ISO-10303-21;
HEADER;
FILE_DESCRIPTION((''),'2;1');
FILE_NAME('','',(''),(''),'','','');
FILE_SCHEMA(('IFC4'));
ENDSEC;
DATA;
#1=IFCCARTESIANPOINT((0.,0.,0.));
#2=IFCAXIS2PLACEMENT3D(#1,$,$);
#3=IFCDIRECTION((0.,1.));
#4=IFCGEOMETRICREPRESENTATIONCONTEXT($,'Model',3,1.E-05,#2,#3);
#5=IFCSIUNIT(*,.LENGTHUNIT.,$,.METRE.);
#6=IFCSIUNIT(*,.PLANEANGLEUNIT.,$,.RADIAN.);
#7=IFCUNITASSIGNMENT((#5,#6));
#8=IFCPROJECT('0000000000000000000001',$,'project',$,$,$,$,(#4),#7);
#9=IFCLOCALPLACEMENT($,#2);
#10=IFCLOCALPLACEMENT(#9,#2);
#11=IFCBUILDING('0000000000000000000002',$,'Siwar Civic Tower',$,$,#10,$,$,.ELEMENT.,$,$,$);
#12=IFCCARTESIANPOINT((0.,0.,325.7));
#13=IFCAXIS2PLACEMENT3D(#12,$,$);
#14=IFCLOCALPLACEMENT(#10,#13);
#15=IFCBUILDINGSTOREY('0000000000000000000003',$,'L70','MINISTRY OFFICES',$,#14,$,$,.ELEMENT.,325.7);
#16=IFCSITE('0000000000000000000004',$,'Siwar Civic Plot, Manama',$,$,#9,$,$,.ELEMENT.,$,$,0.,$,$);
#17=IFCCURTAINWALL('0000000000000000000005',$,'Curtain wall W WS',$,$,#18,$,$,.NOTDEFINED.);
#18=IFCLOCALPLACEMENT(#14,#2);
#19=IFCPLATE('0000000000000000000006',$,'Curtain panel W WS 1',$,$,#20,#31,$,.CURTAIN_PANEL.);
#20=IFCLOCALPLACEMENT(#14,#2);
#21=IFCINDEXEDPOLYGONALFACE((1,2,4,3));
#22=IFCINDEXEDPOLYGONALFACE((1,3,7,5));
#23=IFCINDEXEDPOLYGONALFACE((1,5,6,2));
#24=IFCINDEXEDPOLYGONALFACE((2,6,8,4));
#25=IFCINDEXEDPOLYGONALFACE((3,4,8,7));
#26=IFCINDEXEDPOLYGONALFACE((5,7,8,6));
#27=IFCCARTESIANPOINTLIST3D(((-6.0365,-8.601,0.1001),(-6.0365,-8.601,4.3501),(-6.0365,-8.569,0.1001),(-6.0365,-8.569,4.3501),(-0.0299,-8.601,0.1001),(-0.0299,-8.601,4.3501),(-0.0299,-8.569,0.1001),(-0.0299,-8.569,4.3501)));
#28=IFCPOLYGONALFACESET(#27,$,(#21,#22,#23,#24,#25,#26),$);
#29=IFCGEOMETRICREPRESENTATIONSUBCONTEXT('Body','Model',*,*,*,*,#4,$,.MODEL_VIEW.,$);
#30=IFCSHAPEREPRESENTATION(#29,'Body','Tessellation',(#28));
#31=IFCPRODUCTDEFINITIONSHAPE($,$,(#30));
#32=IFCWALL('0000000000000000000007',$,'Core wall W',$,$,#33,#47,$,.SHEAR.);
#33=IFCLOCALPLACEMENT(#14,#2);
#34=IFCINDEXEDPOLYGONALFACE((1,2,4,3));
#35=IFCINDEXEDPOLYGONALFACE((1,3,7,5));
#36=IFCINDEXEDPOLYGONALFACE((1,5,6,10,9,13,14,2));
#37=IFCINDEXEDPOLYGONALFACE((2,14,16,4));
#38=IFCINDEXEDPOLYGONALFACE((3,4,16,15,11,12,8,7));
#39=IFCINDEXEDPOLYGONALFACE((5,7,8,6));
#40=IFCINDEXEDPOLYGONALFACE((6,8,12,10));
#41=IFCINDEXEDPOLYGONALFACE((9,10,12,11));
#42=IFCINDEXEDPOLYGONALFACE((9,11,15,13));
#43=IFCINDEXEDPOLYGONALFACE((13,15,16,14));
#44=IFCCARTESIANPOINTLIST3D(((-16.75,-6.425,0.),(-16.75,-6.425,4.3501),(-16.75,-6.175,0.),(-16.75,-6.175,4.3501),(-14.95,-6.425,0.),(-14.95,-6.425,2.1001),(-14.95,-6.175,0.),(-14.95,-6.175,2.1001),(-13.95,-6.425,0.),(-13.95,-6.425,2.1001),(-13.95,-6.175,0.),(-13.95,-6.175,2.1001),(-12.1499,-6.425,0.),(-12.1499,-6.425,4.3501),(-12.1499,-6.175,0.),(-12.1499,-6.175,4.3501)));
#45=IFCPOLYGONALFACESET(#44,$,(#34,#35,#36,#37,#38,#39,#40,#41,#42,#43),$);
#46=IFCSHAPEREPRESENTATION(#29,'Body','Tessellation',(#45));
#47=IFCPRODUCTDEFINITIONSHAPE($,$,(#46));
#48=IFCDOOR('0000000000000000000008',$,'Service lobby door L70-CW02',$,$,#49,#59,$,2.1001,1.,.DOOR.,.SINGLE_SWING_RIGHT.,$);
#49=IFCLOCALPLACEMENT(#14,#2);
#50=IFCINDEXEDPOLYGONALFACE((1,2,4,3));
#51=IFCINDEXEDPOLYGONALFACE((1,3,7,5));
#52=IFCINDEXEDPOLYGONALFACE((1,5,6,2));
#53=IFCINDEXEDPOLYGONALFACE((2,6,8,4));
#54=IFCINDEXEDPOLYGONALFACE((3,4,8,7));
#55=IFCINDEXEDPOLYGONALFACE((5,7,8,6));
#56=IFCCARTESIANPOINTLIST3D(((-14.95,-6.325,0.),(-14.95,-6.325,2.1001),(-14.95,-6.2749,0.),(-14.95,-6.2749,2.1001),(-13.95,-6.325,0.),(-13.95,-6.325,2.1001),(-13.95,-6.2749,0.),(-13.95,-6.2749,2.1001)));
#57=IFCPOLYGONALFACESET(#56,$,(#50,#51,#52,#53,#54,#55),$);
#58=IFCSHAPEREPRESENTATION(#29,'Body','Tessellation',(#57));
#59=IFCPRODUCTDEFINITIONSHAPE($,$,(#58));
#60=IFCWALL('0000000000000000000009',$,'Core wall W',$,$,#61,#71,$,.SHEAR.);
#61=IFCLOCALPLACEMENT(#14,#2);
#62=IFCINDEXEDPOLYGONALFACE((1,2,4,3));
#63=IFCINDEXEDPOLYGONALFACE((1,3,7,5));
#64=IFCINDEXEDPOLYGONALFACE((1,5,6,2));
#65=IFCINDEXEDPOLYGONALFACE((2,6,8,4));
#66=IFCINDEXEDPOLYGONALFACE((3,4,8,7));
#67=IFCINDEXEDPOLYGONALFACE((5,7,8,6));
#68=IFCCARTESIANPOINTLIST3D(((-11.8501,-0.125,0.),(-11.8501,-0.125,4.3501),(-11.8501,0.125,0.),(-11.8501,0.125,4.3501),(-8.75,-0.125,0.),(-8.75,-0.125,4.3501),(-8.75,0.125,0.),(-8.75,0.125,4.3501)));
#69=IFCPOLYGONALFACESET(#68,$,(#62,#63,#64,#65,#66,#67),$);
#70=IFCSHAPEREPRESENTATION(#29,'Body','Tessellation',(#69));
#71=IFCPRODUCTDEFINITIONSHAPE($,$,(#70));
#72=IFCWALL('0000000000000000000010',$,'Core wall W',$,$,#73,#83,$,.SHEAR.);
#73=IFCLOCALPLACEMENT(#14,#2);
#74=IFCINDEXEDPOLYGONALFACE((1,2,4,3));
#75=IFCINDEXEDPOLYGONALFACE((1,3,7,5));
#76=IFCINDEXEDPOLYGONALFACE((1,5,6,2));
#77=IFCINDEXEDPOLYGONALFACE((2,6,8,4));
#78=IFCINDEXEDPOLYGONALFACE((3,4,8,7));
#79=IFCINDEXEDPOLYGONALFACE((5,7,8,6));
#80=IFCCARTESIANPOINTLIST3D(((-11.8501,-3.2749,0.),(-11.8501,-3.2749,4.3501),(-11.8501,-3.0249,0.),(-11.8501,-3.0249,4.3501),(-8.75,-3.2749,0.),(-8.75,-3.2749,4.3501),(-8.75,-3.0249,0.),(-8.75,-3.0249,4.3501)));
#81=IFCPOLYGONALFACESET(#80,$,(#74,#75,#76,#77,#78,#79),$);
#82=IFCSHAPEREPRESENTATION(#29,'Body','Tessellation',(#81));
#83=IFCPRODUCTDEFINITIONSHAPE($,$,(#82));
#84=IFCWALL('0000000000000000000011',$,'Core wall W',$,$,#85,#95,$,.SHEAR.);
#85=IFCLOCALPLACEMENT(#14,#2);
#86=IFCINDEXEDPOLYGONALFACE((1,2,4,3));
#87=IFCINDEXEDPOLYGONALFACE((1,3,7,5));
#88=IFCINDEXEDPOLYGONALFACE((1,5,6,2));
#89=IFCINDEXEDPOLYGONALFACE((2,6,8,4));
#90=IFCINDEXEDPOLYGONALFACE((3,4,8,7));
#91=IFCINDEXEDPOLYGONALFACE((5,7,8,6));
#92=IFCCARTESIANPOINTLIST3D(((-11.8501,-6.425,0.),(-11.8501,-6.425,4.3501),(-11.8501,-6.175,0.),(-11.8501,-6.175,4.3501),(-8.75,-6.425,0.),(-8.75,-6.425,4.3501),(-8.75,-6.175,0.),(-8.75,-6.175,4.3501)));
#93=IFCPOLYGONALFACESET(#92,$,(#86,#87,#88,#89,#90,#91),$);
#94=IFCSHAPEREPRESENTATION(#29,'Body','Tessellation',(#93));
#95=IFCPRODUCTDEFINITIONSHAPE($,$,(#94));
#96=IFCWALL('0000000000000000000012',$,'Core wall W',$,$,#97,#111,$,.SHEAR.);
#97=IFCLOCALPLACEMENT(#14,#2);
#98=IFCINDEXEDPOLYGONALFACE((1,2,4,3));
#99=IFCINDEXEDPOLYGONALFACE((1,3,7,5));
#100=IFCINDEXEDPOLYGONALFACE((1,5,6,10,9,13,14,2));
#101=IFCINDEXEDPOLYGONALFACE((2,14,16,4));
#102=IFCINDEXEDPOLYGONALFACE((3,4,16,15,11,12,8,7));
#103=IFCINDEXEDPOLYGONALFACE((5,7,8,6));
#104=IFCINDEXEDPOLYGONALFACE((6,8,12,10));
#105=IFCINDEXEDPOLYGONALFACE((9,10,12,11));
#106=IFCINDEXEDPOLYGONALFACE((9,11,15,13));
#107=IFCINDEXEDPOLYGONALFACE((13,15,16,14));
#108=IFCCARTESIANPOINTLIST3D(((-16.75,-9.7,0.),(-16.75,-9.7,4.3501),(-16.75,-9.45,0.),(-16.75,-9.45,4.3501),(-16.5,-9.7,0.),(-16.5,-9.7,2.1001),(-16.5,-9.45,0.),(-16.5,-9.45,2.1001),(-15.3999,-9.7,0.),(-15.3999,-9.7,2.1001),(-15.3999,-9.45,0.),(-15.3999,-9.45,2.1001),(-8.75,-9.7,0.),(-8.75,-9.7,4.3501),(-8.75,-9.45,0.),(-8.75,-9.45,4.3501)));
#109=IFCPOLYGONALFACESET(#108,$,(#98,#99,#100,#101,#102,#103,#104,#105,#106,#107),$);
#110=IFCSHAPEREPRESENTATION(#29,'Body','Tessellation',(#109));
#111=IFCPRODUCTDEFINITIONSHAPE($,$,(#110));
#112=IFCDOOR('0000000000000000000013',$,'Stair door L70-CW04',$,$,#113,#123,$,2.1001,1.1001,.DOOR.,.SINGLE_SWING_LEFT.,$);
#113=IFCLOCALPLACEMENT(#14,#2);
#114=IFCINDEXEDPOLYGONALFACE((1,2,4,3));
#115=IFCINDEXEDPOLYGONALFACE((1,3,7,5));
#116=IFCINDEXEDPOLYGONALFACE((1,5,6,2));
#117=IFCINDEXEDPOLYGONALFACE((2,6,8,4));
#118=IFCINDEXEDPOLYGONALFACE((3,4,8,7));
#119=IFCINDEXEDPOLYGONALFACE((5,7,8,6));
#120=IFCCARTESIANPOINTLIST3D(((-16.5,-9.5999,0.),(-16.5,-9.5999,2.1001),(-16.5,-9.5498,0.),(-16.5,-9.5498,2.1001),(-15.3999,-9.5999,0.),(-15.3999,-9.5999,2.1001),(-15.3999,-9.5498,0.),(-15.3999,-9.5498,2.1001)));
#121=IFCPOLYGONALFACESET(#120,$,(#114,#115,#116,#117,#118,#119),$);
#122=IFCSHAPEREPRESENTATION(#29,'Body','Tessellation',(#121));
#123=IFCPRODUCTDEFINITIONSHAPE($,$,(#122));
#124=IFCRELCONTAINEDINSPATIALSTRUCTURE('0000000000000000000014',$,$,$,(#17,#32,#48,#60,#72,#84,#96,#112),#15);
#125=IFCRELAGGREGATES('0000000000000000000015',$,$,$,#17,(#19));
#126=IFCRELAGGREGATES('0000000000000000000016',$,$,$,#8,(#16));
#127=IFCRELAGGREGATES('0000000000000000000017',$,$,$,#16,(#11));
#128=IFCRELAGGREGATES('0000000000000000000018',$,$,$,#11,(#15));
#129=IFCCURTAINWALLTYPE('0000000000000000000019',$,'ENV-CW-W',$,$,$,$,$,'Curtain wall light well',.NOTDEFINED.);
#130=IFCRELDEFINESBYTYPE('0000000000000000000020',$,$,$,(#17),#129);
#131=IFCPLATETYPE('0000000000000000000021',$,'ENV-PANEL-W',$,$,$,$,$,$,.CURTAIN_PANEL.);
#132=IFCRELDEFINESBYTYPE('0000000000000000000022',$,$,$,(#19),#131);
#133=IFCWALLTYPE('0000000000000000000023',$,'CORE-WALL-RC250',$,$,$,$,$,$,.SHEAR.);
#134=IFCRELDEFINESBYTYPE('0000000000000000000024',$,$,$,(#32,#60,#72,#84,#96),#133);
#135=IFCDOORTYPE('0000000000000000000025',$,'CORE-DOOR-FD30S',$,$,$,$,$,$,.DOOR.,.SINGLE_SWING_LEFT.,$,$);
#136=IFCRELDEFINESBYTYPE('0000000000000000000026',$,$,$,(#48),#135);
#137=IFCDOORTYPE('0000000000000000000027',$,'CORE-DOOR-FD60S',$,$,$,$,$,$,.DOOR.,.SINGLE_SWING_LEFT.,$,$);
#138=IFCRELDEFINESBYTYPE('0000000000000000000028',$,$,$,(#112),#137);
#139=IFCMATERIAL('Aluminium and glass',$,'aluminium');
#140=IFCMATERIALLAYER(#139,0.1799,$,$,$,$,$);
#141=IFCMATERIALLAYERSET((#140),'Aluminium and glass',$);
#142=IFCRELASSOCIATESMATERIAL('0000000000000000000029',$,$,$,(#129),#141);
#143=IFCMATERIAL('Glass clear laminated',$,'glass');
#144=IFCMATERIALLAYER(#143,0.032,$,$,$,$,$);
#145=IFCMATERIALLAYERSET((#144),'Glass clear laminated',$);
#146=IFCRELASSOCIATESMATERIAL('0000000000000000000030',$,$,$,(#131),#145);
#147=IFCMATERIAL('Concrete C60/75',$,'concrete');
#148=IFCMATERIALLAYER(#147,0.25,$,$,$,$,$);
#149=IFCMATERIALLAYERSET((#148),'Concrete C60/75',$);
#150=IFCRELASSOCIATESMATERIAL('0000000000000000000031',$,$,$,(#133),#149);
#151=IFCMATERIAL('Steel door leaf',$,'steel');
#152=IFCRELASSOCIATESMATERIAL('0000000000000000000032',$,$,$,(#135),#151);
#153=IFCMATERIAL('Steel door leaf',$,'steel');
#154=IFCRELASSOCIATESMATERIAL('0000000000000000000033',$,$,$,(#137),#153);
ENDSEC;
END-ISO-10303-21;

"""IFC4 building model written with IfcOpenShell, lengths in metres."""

from ifc_helpers import new_model, si_unit, direction, frame, frame_2d, origin, origin_2d, place, context, subcontext, project, spatial, rectangle, extrude, material, layer, layer_set, type_object, element, fill, aggregate, save


model = new_model("IFC4")

# Units and contexts
model_context = context("Model", 3, precision=1e-05, world=origin(), true_north=direction((0.0, 1.0)))
body_context = subcontext(model_context, "Body", "Model", "MODEL_VIEW")
ifc_project = project(units=[si_unit("LENGTHUNIT", "METRE"), si_unit("PLANEANGLEUNIT", "RADIAN")], contexts=[model_context])

# Site, building, storey
site_placement = place(None, origin())
site = spatial("IfcSite", under=ifc_project, at=site_placement, Name="Siwar Civic Plot, Manama", CompositionType="ELEMENT", RefElevation=0.0)
building_placement = place(site_placement, origin())
building = spatial("IfcBuilding", under=site, at=building_placement, Name="Siwar Civic Tower", CompositionType="ELEMENT")
storey_placement = place(building_placement, frame((0.0, 0.0, 325.7)))
storey = spatial("IfcBuildingStorey", under=building, at=storey_placement, Name="L70", Description="MINISTRY OFFICES", CompositionType="ELEMENT", Elevation=325.7)

# Curtain wall
ifc_material_1 = material(Name="Aluminium and glass", Category="aluminium")
ifc_layer_1 = layer(ifc_material_1, 0.1799)
ifc_layer_set_1 = layer_set([ifc_layer_1], Name="Aluminium and glass")
curtain_wall_type = type_object("IfcCurtainWallType", Name="ENV-CW-W", ElementType="Curtain wall light well", PredefinedType="NOTDEFINED", material=ifc_layer_set_1)
curtain_wall_placement = place(storey_placement, origin())
curtain_wall = element("IfcCurtainWall", 1, at=curtain_wall_placement, inside=storey, type_object=curtain_wall_type, Name="Curtain wall W WS", PredefinedType="NOTDEFINED")

# Plate
ifc_material_2 = material(Name="Glass clear laminated", Category="glass")
ifc_layer_2 = layer(ifc_material_2, 0.032)
ifc_layer_set_2 = layer_set([ifc_layer_2], Name="Glass clear laminated")
plate_type = type_object("IfcPlateType", Name="ENV-PANEL-W", PredefinedType="CURTAIN_PANEL", material=ifc_layer_set_2)
plate_placement = place(storey_placement, frame((-3.0332, -8.585, 0.1001), z_axis=(0.0, 0.0, 1.0), x_axis=(1.0, 0.0, 0.0)))
plate = element("IfcPlate", 2, at=plate_placement, type_object=plate_type, Name="Curtain panel W WS 1", PredefinedType="CURTAIN_PANEL", context=body_context, shape_type="SweptSolid", body=[
    extrude(rectangle(XDim=6.0066, YDim=0.032, at=origin_2d()), origin(), (0.0, 0.0, 1.0), 4.25),
])
aggregate(curtain_wall, [plate])

# Wall, opening, door
ifc_material_3 = material(Name="Concrete C60/75", Category="concrete")
ifc_layer_3 = layer(ifc_material_3, 0.25)
ifc_layer_set_3 = layer_set([ifc_layer_3], Name="Concrete C60/75")
wall_type_1 = type_object("IfcWallType", Name="CORE-WALL-RC250", PredefinedType="SHEAR", material=ifc_layer_set_3)
wall_1_placement = place(storey_placement, frame((-12.1499, -6.3, 0.0), z_axis=(0.0, 0.0, 1.0), x_axis=(-1.0, 0.0, 0.0)))
wall_1 = element("IfcWall", 3, at=wall_1_placement, inside=storey, type_object=wall_type_1, Name="Core wall W", PredefinedType="SHEAR", context=body_context, shape_type="SweptSolid", body=[
    extrude(rectangle(XDim=4.6001, YDim=0.25, at=frame_2d((2.3, 0.0))), origin(), (0.0, 0.0, 1.0), 4.3501),
])
opening_1_placement = place(wall_1_placement, frame((1.8, 0.0, 0.0)))
opening_1 = element("IfcOpeningElement", 4, at=opening_1_placement, cuts=wall_1, PredefinedType="OPENING", context=body_context, shape_type="SweptSolid", body=[
    extrude(rectangle(XDim=1.0, YDim=2.1001, at=frame_2d((0.5, 1.05))), frame((0.0, 0.135, 0.0), z_axis=(0.0, -1.0, 0.0), x_axis=(1.0, 0.0, 0.0)), (0.0, 0.0, 1.0), 0.27),
])
ifc_material_4 = material(Name="Steel door leaf", Category="steel")
door_type_1 = type_object("IfcDoorType", Name="CORE-DOOR-FD30S", OperationType="SINGLE_SWING_LEFT", PredefinedType="DOOR", material=ifc_material_4)
door_1_placement = place(opening_1_placement, origin())
door_1 = element("IfcDoor", 5, at=door_1_placement, inside=storey, type_object=door_type_1, Name="Service lobby door L70-CW02", OperationType="SINGLE_SWING_RIGHT", OverallHeight=2.1001, OverallWidth=1.0, PredefinedType="DOOR", context=body_context, shape_type="SweptSolid", body=[
    extrude(rectangle(XDim=1.0, YDim=2.1001, at=frame_2d((0.5, 1.05))), frame((0.0, 0.0249, 0.0), z_axis=(0.0, -1.0, 0.0), x_axis=(1.0, 0.0, 0.0)), (0.0, 0.0, 1.0), 0.05),
])
fill(opening_1, door_1)

# Walls
for number, where, z_axis, x_axis, name in (
    (6, (-8.75, 0.0, 0.0), (0.0, 0.0, 1.0), (-1.0, 0.0, 0.0), "Core wall W"),
    (7, (-8.75, -3.1499, 0.0), (0.0, 0.0, 1.0), (-1.0, 0.0, 0.0), "Core wall W"),
    (8, (-8.75, -6.3, 0.0), (0.0, 0.0, 1.0), (-1.0, 0.0, 0.0), "Core wall W"),
):
    element("IfcWall", number, at=place(storey_placement, frame(where, z_axis=z_axis, x_axis=x_axis)), inside=storey, type_object=wall_type_1, Name=name, PredefinedType="SHEAR", context=body_context, shape_type="SweptSolid", body=[
        extrude(rectangle(XDim=3.1001, YDim=0.25, at=frame_2d((1.55, 0.0))), origin(), (0.0, 0.0, 1.0), 4.3501),
    ])

# Wall, opening, door
wall_2_placement = place(storey_placement, frame((-8.75, -9.575, 0.0), z_axis=(0.0, 0.0, 1.0), x_axis=(-1.0, 0.0, 0.0)))
wall_2 = element("IfcWall", 9, at=wall_2_placement, inside=storey, type_object=wall_type_1, Name="Core wall W", PredefinedType="SHEAR", context=body_context, shape_type="SweptSolid", body=[
    extrude(rectangle(XDim=8.0, YDim=0.25, at=frame_2d((4.0, 0.0))), origin(), (0.0, 0.0, 1.0), 4.3501),
])
opening_2_placement = place(wall_2_placement, frame((6.6499, 0.0, 0.0)))
opening_2 = element("IfcOpeningElement", 10, at=opening_2_placement, cuts=wall_2, PredefinedType="OPENING", context=body_context, shape_type="SweptSolid", body=[
    extrude(rectangle(XDim=1.1001, YDim=2.1001, at=frame_2d((0.55, 1.05))), frame((0.0, 0.135, 0.0), z_axis=(0.0, -1.0, 0.0), x_axis=(1.0, 0.0, 0.0)), (0.0, 0.0, 1.0), 0.27),
])
ifc_material_5 = material(Name="Steel door leaf", Category="steel")
door_type_2 = type_object("IfcDoorType", Name="CORE-DOOR-FD60S", OperationType="SINGLE_SWING_LEFT", PredefinedType="DOOR", material=ifc_material_5)
door_2_placement = place(opening_2_placement, origin())
door_2 = element("IfcDoor", 11, at=door_2_placement, inside=storey, type_object=door_type_2, Name="Stair door L70-CW04", OperationType="SINGLE_SWING_LEFT", OverallHeight=2.1001, OverallWidth=1.1001, PredefinedType="DOOR", context=body_context, shape_type="SweptSolid", body=[
    extrude(rectangle(XDim=1.1001, YDim=2.1001, at=frame_2d((0.55, 1.05))), frame((0.0, 0.0249, 0.0), z_axis=(0.0, -1.0, 0.0), x_axis=(1.0, 0.0, 0.0)), (0.0, 0.0, 1.0), 0.05),
])
fill(opening_2, door_2)

save(model, "model.ifc")
